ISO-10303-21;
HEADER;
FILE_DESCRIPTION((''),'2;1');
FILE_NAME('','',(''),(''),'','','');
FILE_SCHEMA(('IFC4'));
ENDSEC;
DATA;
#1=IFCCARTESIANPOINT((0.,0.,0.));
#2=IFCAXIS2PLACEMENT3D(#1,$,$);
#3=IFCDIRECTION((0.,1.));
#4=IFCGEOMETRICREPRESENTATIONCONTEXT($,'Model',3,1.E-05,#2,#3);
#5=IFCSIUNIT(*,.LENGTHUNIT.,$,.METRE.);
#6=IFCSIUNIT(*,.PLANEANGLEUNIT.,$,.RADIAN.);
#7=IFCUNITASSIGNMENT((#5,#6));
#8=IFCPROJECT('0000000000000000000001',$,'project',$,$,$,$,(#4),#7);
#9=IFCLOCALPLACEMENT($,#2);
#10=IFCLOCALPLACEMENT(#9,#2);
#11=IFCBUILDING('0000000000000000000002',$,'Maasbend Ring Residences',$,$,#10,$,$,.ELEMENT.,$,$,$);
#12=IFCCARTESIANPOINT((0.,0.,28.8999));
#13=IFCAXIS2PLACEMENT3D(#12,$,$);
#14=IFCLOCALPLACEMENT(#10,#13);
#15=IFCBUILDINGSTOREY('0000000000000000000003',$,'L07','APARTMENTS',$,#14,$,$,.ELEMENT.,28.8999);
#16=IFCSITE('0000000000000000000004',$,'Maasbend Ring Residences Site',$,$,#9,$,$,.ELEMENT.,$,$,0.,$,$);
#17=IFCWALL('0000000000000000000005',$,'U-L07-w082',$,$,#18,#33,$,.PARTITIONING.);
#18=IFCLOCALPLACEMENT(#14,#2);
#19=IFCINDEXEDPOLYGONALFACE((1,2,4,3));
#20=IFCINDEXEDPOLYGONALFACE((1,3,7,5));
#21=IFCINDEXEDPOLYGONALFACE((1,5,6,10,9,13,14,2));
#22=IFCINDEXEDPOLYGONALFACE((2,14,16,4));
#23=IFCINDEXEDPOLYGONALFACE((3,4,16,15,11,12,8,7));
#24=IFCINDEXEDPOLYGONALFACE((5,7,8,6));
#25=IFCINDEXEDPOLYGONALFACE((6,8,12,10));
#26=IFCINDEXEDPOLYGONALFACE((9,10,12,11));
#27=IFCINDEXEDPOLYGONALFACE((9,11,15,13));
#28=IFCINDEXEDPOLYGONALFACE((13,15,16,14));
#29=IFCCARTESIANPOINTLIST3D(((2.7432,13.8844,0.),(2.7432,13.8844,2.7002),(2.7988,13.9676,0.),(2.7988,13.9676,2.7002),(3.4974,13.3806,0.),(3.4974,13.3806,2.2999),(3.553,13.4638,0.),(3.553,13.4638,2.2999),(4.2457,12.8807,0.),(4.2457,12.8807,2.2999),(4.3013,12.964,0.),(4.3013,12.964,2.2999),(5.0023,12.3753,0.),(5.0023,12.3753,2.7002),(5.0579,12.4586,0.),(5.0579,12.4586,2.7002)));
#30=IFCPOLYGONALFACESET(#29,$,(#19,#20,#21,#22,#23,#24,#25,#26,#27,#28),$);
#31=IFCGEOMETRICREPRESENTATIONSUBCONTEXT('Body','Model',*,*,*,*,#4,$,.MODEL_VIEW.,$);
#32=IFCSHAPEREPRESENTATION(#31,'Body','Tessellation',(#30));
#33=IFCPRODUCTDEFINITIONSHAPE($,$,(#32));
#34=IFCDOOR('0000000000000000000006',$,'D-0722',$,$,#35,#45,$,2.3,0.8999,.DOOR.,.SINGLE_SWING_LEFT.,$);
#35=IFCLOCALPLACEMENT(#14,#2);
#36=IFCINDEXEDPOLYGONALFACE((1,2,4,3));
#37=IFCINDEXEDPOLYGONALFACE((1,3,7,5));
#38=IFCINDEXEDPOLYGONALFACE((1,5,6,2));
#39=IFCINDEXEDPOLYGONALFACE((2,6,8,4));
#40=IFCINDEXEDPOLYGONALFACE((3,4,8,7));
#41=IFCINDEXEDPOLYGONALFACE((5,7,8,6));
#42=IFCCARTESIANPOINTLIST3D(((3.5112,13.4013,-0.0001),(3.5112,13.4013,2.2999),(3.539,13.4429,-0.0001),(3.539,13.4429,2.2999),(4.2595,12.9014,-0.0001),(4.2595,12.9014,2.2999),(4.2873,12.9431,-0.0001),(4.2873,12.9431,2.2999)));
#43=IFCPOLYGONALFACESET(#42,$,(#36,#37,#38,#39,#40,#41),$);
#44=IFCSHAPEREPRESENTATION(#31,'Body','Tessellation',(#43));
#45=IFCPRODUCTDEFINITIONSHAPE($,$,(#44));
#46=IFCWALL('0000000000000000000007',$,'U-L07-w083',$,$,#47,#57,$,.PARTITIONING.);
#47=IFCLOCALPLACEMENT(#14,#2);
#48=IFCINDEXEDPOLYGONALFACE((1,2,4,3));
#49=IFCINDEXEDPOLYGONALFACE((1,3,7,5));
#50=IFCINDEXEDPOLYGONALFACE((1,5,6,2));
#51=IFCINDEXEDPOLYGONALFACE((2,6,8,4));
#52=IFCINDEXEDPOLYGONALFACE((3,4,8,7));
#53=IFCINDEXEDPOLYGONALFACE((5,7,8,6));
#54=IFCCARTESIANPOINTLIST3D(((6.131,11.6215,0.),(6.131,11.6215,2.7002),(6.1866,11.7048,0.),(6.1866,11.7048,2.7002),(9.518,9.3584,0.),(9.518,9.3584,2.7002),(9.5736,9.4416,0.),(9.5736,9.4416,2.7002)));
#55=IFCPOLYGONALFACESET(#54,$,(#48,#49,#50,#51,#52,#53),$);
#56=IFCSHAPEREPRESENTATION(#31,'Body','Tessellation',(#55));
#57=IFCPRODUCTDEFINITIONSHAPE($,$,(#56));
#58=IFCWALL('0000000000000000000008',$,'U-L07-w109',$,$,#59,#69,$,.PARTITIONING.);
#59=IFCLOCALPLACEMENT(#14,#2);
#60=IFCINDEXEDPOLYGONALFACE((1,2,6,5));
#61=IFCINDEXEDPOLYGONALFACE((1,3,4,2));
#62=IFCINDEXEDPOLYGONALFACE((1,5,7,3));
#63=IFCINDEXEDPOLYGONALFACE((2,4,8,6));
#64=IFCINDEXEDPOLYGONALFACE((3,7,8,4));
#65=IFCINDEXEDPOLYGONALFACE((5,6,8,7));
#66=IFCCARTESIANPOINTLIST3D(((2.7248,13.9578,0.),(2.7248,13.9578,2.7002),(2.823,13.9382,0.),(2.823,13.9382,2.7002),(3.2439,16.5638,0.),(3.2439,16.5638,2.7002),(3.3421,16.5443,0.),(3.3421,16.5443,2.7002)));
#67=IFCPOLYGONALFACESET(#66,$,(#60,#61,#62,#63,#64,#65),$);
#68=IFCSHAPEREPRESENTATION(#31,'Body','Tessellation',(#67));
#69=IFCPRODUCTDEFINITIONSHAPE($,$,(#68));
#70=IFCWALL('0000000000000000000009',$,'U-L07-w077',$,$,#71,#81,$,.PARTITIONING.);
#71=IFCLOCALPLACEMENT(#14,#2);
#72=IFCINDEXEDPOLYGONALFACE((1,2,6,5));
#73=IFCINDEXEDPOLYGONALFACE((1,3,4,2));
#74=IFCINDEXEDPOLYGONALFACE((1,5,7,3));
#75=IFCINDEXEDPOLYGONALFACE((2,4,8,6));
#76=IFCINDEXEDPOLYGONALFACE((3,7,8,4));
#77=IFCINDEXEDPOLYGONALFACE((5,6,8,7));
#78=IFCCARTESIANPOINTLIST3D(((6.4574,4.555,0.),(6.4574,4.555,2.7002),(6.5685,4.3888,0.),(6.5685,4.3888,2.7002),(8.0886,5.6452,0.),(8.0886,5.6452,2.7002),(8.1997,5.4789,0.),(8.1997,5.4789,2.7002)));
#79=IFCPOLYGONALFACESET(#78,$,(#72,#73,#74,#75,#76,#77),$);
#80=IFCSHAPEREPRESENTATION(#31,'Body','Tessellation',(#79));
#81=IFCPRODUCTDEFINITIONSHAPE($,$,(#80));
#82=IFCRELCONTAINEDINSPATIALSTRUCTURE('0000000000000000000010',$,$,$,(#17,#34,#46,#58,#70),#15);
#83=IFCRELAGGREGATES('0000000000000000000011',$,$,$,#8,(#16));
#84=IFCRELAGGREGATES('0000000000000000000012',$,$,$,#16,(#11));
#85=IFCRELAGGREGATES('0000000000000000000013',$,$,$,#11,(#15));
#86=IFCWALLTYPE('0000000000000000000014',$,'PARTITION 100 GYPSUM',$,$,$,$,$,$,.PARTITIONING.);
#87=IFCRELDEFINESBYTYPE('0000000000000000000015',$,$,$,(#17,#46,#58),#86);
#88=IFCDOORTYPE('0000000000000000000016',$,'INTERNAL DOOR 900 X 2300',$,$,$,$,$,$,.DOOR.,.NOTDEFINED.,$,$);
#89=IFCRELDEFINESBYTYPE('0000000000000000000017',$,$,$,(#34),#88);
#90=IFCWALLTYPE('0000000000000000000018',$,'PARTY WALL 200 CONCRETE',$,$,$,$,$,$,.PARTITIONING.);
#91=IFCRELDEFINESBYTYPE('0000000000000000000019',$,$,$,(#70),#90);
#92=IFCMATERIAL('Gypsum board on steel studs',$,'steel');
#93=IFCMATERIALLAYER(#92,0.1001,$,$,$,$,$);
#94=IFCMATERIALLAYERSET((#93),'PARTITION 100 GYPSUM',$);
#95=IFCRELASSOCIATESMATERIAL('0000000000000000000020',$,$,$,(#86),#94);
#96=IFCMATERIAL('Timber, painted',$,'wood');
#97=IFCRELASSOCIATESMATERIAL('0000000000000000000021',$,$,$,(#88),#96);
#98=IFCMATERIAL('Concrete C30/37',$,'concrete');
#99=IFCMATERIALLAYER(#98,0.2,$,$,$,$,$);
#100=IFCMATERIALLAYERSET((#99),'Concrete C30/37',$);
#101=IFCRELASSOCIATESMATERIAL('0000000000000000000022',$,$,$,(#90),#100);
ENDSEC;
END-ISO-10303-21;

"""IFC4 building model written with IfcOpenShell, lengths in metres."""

from ifc_helpers import new_model, si_unit, direction, frame, frame_2d, origin, place, context, subcontext, project, spatial, rectangle, extrude, material, layer, layer_set, type_object, element, fill, save


model = new_model("IFC4")

# Units and contexts
model_context = context("Model", 3, precision=1e-05, world=origin(), true_north=direction((0.0, 1.0)))
body_context = subcontext(model_context, "Body", "Model", "MODEL_VIEW")
ifc_project = project(units=[si_unit("LENGTHUNIT", "METRE"), si_unit("PLANEANGLEUNIT", "RADIAN")], contexts=[model_context])

# Site, building, storey
site_placement = place(None, origin())
site = spatial("IfcSite", under=ifc_project, at=site_placement, Name="Maasbend Ring Residences Site", CompositionType="ELEMENT", RefElevation=0.0)
building_placement = place(site_placement, origin())
building = spatial("IfcBuilding", under=site, at=building_placement, Name="Maasbend Ring Residences", CompositionType="ELEMENT")
storey_placement = place(building_placement, frame((0.0, 0.0, 28.8999)))
storey = spatial("IfcBuildingStorey", under=building, at=storey_placement, Name="L07", Description="APARTMENTS", CompositionType="ELEMENT", Elevation=28.8999)

# Shared definitions
ifc_material_1 = material(Name="Gypsum board on steel studs", Category="steel")
ifc_layer_1 = layer(ifc_material_1, 0.1001)
ifc_layer_set_1 = layer_set([ifc_layer_1], Name="PARTITION 100 GYPSUM")
wall_type_1 = type_object("IfcWallType", Name="PARTITION 100 GYPSUM", PredefinedType="PARTITIONING", material=ifc_layer_set_1)
ifc_material_2 = material(Name="Timber, painted", Category="wood")
door_type_1 = type_object("IfcDoorType", Name="INTERNAL DOOR 900 X 2300", OperationType="NOTDEFINED", PredefinedType="DOOR", material=ifc_material_2)

# Wall, opening, door
wall_1_placement = place(storey_placement, frame((2.771, 13.926, 0.0), z_axis=(0.0, 0.0, 1.0), x_axis=(0.831538, -0.555467, 0.0)))
wall_1 = element("IfcWall", 1, at=wall_1_placement, inside=storey, type_object=wall_type_1, Name="U-L07-w082", PredefinedType="PARTITIONING", context=body_context, shape_type="SweptSolid", body=[
    extrude(rectangle(XDim=2.7168, YDim=0.1001, at=frame_2d((1.3584, 0.0))), origin(), (0.0, 0.0, 1.0), 2.7002),
])
opening_1_placement = place(wall_1_placement, frame((0.907, 0.0, 0.0)))
opening_1 = element("IfcOpeningElement", 2, at=opening_1_placement, cuts=wall_1, PredefinedType="OPENING", context=body_context, shape_type="SweptSolid", body=[
    extrude(rectangle(XDim=0.8999, YDim=2.3, at=frame_2d((0.45, 1.1499))), frame((0.0, 0.0601, 0.0), z_axis=(0.0, -1.0, 0.0), x_axis=(1.0, 0.0, 0.0)), (0.0, 0.0, 1.0), 0.1201),
])
door_1_placement = place(opening_1_placement, origin())
door_1 = element("IfcDoor", 3, at=door_1_placement, inside=storey, type_object=door_type_1, Name="D-0722", OperationType="SINGLE_SWING_LEFT", OverallHeight=2.3, OverallWidth=0.8999, PredefinedType="DOOR", context=body_context, shape_type="SweptSolid", body=[
    extrude(rectangle(XDim=0.8999, YDim=2.3, at=frame_2d((0.45, 1.1499))), frame((0.0, 0.0249, 0.0), z_axis=(0.0, -1.0, 0.0), x_axis=(1.0, 0.0, 0.0)), (0.0, 0.0, 1.0), 0.05),
])
fill(opening_1, door_1)

# Walls
wall_2_placement = place(storey_placement, frame((6.1589, 11.6631, 0.0), z_axis=(0.0, 0.0, 1.0), x_axis=(0.83146, -0.555585, 0.0)))
element("IfcWall", 4, at=wall_2_placement, inside=storey, type_object=wall_type_1, Name="U-L07-w083", PredefinedType="PARTITIONING", context=body_context, shape_type="SweptSolid", body=[
    extrude(rectangle(XDim=4.0735, YDim=0.1001, at=frame_2d((2.0366, 0.0))), origin(), (0.0, 0.0, 1.0), 2.7002),
])
wall_3_placement = place(storey_placement, frame((2.7739, 13.948, 0.0), z_axis=(0.0, 0.0, 1.0), x_axis=(0.195339, 0.980736, 0.0)))
element("IfcWall", 5, at=wall_3_placement, inside=storey, type_object=wall_type_1, Name="U-L07-w109", PredefinedType="PARTITIONING", context=body_context, shape_type="SweptSolid", body=[
    extrude(rectangle(XDim=2.6572, YDim=0.1001, at=frame_2d((1.3286, 0.0))), origin(), (0.0, 0.0, 1.0), 2.7002),
])
ifc_material_3 = material(Name="Concrete C30/37", Category="concrete")
ifc_layer_2 = layer(ifc_material_3, 0.2)
ifc_layer_set_2 = layer_set([ifc_layer_2], Name="Concrete C30/37")
wall_type_2 = type_object("IfcWallType", Name="PARTY WALL 200 CONCRETE", PredefinedType="PARTITIONING", material=ifc_layer_set_2)
wall_4_placement = place(storey_placement, frame((6.5129, 4.4719, 0.0), z_axis=(0.0, 0.0, 1.0), x_axis=(0.831418, 0.555648, 0.0)))
element("IfcWall", 6, at=wall_4_placement, inside=storey, type_object=wall_type_2, Name="U-L07-w077", PredefinedType="PARTITIONING", context=body_context, shape_type="SweptSolid", body=[
    extrude(rectangle(XDim=1.9619, YDim=0.2, at=frame_2d((0.981, 0.0))), origin(), (0.0, 0.0, 1.0), 2.7002),
])

save(model, "model.ifc")
